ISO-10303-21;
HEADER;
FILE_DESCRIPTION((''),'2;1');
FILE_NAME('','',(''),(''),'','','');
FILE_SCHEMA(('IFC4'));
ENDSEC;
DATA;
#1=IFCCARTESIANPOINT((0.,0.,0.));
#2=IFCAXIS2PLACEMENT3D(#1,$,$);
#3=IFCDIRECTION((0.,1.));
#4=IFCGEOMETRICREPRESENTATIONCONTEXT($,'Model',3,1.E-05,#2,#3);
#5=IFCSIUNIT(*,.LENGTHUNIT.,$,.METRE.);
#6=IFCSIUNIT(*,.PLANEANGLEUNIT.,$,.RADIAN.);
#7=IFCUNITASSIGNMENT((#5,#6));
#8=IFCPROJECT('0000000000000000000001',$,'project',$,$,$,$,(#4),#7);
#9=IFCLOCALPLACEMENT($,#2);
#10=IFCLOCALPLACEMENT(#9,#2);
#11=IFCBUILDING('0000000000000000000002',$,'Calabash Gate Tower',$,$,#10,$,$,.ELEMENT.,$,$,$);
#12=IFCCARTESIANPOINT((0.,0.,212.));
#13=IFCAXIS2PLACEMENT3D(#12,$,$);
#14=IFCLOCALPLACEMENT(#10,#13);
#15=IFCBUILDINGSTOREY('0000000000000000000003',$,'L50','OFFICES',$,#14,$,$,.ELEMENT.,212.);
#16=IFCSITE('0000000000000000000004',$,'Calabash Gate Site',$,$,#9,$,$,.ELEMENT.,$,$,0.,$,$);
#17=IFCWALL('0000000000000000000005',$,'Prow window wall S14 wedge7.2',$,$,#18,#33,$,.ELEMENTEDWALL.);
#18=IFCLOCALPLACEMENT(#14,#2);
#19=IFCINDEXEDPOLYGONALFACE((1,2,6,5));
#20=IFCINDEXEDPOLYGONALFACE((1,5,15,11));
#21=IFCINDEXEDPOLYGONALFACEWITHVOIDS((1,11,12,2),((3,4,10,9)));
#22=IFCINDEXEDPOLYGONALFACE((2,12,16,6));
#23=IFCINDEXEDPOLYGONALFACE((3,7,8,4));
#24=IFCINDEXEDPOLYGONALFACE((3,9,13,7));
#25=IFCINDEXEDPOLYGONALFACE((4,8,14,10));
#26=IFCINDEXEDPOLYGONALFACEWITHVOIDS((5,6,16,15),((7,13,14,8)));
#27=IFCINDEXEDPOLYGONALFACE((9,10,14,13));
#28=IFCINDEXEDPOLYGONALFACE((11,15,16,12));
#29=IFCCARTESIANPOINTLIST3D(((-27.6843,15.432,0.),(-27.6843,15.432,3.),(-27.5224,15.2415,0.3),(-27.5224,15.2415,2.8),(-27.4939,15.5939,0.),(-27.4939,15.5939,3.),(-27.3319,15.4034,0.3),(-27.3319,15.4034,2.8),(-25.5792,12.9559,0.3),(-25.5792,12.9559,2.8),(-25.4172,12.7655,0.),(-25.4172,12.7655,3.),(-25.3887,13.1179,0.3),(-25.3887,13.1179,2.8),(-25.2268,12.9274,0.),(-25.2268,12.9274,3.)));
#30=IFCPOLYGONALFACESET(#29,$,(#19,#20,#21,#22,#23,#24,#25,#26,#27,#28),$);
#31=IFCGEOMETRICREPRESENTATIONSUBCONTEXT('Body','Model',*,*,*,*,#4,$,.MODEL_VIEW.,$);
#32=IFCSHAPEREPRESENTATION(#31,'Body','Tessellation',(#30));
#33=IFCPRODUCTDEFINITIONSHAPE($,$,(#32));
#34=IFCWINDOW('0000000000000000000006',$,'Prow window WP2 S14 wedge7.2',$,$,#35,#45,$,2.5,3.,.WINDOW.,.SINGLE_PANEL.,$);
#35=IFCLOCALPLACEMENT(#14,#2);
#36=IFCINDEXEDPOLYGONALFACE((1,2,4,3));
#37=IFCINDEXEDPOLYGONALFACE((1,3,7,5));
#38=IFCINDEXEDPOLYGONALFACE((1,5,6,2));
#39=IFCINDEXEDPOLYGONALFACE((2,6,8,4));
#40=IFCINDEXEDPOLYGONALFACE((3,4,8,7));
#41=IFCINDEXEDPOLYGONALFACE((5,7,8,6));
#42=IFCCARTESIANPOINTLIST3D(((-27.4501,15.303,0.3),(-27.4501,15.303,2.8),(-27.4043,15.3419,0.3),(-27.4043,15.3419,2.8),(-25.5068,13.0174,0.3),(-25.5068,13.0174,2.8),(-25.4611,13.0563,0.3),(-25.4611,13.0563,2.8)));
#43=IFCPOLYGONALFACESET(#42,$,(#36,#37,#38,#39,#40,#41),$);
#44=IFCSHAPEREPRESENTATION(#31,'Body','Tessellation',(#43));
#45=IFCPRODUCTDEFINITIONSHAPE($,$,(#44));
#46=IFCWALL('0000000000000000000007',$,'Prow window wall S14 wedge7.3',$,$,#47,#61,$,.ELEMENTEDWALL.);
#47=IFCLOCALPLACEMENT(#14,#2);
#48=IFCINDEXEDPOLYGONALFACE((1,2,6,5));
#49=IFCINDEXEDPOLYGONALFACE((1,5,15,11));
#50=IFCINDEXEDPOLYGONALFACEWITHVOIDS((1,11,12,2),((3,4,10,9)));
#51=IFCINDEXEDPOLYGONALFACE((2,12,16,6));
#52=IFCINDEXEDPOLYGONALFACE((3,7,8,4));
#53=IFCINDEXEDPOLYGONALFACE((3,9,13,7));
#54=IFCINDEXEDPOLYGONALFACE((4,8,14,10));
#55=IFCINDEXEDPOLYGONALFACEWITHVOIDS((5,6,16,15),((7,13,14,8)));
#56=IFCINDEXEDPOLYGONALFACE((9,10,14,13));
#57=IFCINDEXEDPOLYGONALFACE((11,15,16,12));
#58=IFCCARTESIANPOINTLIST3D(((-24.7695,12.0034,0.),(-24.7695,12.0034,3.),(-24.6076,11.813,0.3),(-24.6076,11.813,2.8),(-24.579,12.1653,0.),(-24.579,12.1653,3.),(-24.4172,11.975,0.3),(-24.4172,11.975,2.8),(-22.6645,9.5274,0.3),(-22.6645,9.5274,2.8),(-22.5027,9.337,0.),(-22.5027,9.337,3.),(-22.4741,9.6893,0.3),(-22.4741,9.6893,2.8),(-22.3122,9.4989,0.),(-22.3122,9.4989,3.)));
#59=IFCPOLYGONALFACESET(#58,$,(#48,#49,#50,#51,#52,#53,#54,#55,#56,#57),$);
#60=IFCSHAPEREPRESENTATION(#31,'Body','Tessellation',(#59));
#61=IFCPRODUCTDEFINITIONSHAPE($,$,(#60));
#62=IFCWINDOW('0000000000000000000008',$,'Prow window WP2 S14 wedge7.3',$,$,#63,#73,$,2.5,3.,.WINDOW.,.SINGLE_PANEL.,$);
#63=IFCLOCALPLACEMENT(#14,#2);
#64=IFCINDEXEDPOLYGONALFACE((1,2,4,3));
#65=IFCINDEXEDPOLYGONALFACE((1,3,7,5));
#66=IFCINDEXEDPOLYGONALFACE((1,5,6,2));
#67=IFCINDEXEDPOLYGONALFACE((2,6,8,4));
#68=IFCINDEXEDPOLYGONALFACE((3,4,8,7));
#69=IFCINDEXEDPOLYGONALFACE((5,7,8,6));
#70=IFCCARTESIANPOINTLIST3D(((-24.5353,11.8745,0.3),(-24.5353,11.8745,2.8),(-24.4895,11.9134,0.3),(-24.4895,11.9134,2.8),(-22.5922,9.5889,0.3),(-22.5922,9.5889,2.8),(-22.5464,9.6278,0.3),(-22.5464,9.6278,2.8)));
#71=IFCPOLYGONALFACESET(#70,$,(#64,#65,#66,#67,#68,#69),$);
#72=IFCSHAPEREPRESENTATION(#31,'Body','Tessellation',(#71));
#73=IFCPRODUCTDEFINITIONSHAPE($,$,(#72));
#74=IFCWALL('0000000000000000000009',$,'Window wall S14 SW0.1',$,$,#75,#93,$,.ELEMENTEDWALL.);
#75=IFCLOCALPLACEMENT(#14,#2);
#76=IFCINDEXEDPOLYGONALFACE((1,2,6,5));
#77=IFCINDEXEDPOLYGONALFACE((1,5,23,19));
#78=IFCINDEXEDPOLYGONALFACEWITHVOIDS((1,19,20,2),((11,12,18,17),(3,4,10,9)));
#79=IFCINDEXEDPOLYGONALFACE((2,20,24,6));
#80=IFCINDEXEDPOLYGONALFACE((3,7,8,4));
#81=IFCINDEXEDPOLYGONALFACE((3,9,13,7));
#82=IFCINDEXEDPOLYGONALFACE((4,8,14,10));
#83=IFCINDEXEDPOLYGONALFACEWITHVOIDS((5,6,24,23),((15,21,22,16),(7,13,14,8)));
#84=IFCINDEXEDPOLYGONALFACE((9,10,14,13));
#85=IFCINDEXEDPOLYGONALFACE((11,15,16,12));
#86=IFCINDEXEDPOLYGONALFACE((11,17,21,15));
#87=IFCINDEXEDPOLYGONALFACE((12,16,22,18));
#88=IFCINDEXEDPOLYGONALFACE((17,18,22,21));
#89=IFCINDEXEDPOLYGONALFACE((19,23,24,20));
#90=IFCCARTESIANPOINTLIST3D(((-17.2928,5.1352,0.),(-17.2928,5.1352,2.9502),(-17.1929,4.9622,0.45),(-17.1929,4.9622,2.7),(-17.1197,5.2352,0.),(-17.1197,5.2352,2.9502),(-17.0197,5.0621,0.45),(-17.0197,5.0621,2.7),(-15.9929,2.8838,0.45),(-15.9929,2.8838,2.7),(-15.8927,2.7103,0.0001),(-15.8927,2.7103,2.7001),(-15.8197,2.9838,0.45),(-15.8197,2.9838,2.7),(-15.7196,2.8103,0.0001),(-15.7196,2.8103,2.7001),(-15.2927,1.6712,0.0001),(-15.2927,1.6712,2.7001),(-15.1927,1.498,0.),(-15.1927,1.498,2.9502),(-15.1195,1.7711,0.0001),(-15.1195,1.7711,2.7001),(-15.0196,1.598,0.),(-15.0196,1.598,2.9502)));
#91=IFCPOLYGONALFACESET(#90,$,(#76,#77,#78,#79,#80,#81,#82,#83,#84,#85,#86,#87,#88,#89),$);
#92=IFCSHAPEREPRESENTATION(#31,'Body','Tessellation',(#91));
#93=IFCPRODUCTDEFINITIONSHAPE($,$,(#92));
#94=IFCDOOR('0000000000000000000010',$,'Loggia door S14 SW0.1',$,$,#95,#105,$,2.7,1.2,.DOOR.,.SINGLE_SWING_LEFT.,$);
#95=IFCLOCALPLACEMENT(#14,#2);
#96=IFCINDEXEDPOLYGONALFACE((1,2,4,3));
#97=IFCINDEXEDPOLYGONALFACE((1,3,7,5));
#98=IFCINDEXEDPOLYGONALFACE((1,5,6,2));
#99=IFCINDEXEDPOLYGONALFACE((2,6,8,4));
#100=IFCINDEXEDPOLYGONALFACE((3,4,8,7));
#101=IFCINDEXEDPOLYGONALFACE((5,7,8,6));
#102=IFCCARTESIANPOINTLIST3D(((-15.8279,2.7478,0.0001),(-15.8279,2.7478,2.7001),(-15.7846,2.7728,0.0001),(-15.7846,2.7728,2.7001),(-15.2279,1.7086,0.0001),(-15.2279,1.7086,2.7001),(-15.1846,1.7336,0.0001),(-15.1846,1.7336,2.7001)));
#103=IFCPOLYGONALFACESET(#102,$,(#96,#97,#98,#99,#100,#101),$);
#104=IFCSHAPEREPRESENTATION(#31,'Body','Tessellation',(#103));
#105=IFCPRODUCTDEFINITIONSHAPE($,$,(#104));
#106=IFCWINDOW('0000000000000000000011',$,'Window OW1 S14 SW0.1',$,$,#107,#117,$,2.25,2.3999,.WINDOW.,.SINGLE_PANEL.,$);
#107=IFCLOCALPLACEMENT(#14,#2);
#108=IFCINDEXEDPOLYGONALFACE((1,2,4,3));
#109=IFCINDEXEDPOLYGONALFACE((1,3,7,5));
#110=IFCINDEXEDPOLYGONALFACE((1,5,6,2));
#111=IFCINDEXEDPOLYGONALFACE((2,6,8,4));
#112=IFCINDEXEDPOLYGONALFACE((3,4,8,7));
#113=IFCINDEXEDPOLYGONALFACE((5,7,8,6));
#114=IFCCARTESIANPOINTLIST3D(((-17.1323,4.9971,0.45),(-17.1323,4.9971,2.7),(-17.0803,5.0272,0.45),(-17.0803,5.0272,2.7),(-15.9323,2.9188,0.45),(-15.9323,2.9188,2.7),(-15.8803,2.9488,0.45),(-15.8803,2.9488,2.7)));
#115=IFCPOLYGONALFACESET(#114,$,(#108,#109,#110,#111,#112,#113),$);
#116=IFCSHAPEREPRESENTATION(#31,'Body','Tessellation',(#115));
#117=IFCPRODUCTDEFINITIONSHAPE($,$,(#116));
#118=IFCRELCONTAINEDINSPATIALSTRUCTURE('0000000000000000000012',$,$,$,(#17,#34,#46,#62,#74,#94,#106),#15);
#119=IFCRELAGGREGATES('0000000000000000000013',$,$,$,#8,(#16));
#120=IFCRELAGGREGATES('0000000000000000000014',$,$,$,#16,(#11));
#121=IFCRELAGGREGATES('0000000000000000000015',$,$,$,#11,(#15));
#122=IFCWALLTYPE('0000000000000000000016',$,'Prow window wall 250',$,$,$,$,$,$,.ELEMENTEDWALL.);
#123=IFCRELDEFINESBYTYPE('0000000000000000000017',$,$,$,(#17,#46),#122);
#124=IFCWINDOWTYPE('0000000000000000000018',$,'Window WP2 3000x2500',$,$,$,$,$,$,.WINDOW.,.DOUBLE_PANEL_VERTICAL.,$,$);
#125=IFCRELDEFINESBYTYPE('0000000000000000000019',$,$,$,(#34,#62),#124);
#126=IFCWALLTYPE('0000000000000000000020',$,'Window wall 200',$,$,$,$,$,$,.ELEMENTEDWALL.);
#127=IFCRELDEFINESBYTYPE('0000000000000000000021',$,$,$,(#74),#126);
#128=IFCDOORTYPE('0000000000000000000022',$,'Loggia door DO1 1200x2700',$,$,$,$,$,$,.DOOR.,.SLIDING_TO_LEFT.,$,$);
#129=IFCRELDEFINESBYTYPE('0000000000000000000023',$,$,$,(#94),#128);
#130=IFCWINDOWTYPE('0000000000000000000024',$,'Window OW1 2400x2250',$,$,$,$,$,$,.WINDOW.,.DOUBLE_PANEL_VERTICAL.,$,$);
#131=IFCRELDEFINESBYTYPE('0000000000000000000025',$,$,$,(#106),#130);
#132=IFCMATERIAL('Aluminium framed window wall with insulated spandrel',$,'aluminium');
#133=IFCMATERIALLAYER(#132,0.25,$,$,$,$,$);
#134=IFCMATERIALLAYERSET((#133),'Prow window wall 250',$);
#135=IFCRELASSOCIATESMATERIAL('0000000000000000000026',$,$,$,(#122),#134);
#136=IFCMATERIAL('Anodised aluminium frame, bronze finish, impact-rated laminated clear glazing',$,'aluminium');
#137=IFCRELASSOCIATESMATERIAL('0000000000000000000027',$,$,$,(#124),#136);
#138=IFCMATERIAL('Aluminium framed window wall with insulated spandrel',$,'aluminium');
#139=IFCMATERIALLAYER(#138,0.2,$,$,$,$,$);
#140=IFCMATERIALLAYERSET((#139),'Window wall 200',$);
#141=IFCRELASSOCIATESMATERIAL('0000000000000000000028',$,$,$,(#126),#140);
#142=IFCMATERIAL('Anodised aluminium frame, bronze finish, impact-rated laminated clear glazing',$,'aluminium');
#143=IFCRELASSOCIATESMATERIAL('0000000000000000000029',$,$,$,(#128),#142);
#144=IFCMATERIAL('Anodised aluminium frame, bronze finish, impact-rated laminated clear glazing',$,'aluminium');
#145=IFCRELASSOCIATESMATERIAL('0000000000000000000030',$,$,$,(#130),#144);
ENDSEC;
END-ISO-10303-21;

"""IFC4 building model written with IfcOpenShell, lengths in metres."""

from ifc_helpers import new_model, si_unit, direction, frame, frame_2d, origin, place, context, subcontext, project, spatial, rectangle, extrude, material, layer, layer_set, type_object, element, fill, save


model = new_model("IFC4")

# Units and contexts
model_context = context("Model", 3, precision=1e-05, world=origin(), true_north=direction((0.0, 1.0)))
body_context = subcontext(model_context, "Body", "Model", "MODEL_VIEW")
ifc_project = project(units=[si_unit("LENGTHUNIT", "METRE"), si_unit("PLANEANGLEUNIT", "RADIAN")], contexts=[model_context])

# Site, building, storey
site_placement = place(None, origin())
site = spatial("IfcSite", under=ifc_project, at=site_placement, Name="Calabash Gate Site", CompositionType="ELEMENT", RefElevation=0.0)
building_placement = place(site_placement, origin())
building = spatial("IfcBuilding", under=site, at=building_placement, Name="Calabash Gate Tower", CompositionType="ELEMENT")
storey_placement = place(building_placement, frame((0.0, 0.0, 212.0)))
storey = spatial("IfcBuildingStorey", under=building, at=storey_placement, Name="L50", Description="OFFICES", CompositionType="ELEMENT", Elevation=212.0)

# Walls, openings, windows
ifc_material_1 = material(Name="Aluminium framed window wall with insulated spandrel", Category="aluminium")
ifc_layer_1 = layer(ifc_material_1, 0.25)
ifc_layer_set_1 = layer_set([ifc_layer_1], Name="Prow window wall 250")
wall_type_1 = type_object("IfcWallType", Name="Prow window wall 250", PredefinedType="ELEMENTEDWALL", material=ifc_layer_set_1)
wall_1_placement = place(storey_placement, frame((-27.5891, 15.5129, 0.0), z_axis=(0.0, 0.0, 1.0), x_axis=(0.647742, -0.76186, 0.0)))
wall_1 = element("IfcWall", 1, at=wall_1_placement, inside=storey, type_object=wall_type_1, Name="Prow window wall S14 wedge7.2", PredefinedType="ELEMENTEDWALL", context=body_context, shape_type="SweptSolid", body=[
    extrude(rectangle(XDim=3.5, YDim=0.25, at=frame_2d((1.75, 0.0))), origin(), (0.0, 0.0, 1.0), 3.0),
])
opening_1_placement = place(wall_1_placement, frame((0.25, 0.0, 0.3)))
opening_1 = element("IfcOpeningElement", 2, at=opening_1_placement, cuts=wall_1, PredefinedType="OPENING", context=body_context, shape_type="SweptSolid", body=[
    extrude(rectangle(XDim=3.0, YDim=2.5, at=frame_2d((1.5, 1.25))), frame((0.0, 0.135, 0.0), z_axis=(0.0, -1.0, 0.0), x_axis=(1.0, 0.0, 0.0)), (0.0, 0.0, 1.0), 0.27),
])
ifc_material_2 = material(Name="Anodised aluminium frame, bronze finish, impact-rated laminated clear glazing", Category="aluminium")
window_type_1 = type_object("IfcWindowType", Name="Window WP2 3000x2500", PartitioningType="DOUBLE_PANEL_VERTICAL", PredefinedType="WINDOW", material=ifc_material_2)
window_1_placement = place(opening_1_placement, origin())
window_1 = element("IfcWindow", 3, at=window_1_placement, inside=storey, type_object=window_type_1, Name="Prow window WP2 S14 wedge7.2", OverallHeight=2.5, OverallWidth=3.0, PartitioningType="SINGLE_PANEL", PredefinedType="WINDOW", context=body_context, shape_type="SweptSolid", body=[
    extrude(rectangle(XDim=3.0, YDim=2.5, at=frame_2d((1.5, 1.25))), frame((0.0, 0.03, 0.0), z_axis=(0.0, -1.0, 0.0), x_axis=(1.0, 0.0, 0.0)), (0.0, 0.0, 1.0), 0.0601),
])
fill(opening_1, window_1)
wall_2_placement = place(storey_placement, frame((-24.6743, 12.0845, 0.0), z_axis=(0.0, 0.0, 1.0), x_axis=(0.647701, -0.761895, 0.0)))
wall_2 = element("IfcWall", 4, at=wall_2_placement, inside=storey, type_object=wall_type_1, Name="Prow window wall S14 wedge7.3", PredefinedType="ELEMENTEDWALL", context=body_context, shape_type="SweptSolid", body=[
    extrude(rectangle(XDim=3.4998, YDim=0.25, at=frame_2d((1.75, 0.0))), origin(), (0.0, 0.0, 1.0), 3.0),
])
opening_2_placement = place(wall_2_placement, frame((0.25, 0.0, 0.3)))
opening_2 = element("IfcOpeningElement", 5, at=opening_2_placement, cuts=wall_2, PredefinedType="OPENING", context=body_context, shape_type="SweptSolid", body=[
    extrude(rectangle(XDim=3.0, YDim=2.5, at=frame_2d((1.5, 1.25))), frame((0.0, 0.135, 0.0), z_axis=(0.0, -1.0, 0.0), x_axis=(1.0, 0.0, 0.0)), (0.0, 0.0, 1.0), 0.27),
])
window_2_placement = place(opening_2_placement, origin())
window_2 = element("IfcWindow", 6, at=window_2_placement, inside=storey, type_object=window_type_1, Name="Prow window WP2 S14 wedge7.3", OverallHeight=2.5, OverallWidth=3.0, PartitioningType="SINGLE_PANEL", PredefinedType="WINDOW", context=body_context, shape_type="SweptSolid", body=[
    extrude(rectangle(XDim=3.0, YDim=2.5, at=frame_2d((1.5, 1.25))), frame((0.0, 0.03, 0.0), z_axis=(0.0, -1.0, 0.0), x_axis=(1.0, 0.0, 0.0)), (0.0, 0.0, 1.0), 0.0601),
])
fill(opening_2, window_2)

# Wall, openings, door, window
ifc_material_3 = material(Name="Aluminium framed window wall with insulated spandrel", Category="aluminium")
ifc_layer_2 = layer(ifc_material_3, 0.2)
ifc_layer_set_2 = layer_set([ifc_layer_2], Name="Window wall 200")
wall_type_2 = type_object("IfcWallType", Name="Window wall 200", PredefinedType="ELEMENTEDWALL", material=ifc_layer_set_2)
wall_3_placement = place(storey_placement, frame((-17.2063, 5.1853, 0.0), z_axis=(0.0, 0.0, 1.0), x_axis=(0.500028, -0.866009, 0.0)))
wall_3 = element("IfcWall", 7, at=wall_3_placement, inside=storey, type_object=wall_type_2, Name="Window wall S14 SW0.1", PredefinedType="ELEMENTEDWALL", context=body_context, shape_type="SweptSolid", body=[
    extrude(rectangle(XDim=4.2, YDim=0.2, at=frame_2d((2.1001, 0.0))), origin(), (0.0, 0.0, 1.0), 2.9502),
])
opening_3_placement = place(wall_3_placement, frame((0.2, 0.0, 0.45)))
opening_3 = element("IfcOpeningElement", 8, at=opening_3_placement, cuts=wall_3, PredefinedType="OPENING", context=body_context, shape_type="SweptSolid", body=[
    extrude(rectangle(XDim=2.3999, YDim=2.25, at=frame_2d((1.2, 1.125))), frame((0.0, 0.1099, 0.0), z_axis=(0.0, -1.0, 0.0), x_axis=(1.0, 0.0, 0.0)), (0.0, 0.0, 1.0), 0.22),
])
opening_4_placement = place(wall_3_placement, frame((2.8, 0.0, 0.0)))
opening_4 = element("IfcOpeningElement", 9, at=opening_4_placement, cuts=wall_3, PredefinedType="OPENING", context=body_context, shape_type="SweptSolid", body=[
    extrude(rectangle(XDim=1.2, YDim=2.7, at=frame_2d((0.6001, 1.3501))), frame((0.0, 0.1099, 0.0), z_axis=(0.0, -1.0, 0.0), x_axis=(1.0, 0.0, 0.0)), (0.0, 0.0, 1.0), 0.22),
])
ifc_material_4 = material(Name="Anodised aluminium frame, bronze finish, impact-rated laminated clear glazing", Category="aluminium")
door_type_1 = type_object("IfcDoorType", Name="Loggia door DO1 1200x2700", OperationType="SLIDING_TO_LEFT", PredefinedType="DOOR", material=ifc_material_4)
door_1_placement = place(opening_4_placement, origin())
door_1 = element("IfcDoor", 10, at=door_1_placement, inside=storey, type_object=door_type_1, Name="Loggia door S14 SW0.1", OperationType="SINGLE_SWING_LEFT", OverallHeight=2.7, OverallWidth=1.2, PredefinedType="DOOR", context=body_context, shape_type="SweptSolid", body=[
    extrude(rectangle(XDim=1.2, YDim=2.7, at=frame_2d((0.6001, 1.3501))), frame((0.0, 0.0249, 0.0), z_axis=(0.0, -1.0, 0.0), x_axis=(1.0, 0.0, 0.0)), (0.0, 0.0, 1.0), 0.05),
])
fill(opening_4, door_1)
ifc_material_5 = material(Name="Anodised aluminium frame, bronze finish, impact-rated laminated clear glazing", Category="aluminium")
window_type_2 = type_object("IfcWindowType", Name="Window OW1 2400x2250", PartitioningType="DOUBLE_PANEL_VERTICAL", PredefinedType="WINDOW", material=ifc_material_5)
window_3_placement = place(opening_3_placement, origin())
window_3 = element("IfcWindow", 11, at=window_3_placement, inside=storey, type_object=window_type_2, Name="Window OW1 S14 SW0.1", OverallHeight=2.25, OverallWidth=2.3999, PartitioningType="SINGLE_PANEL", PredefinedType="WINDOW", context=body_context, shape_type="SweptSolid", body=[
    extrude(rectangle(XDim=2.3999, YDim=2.25, at=frame_2d((1.2, 1.125))), frame((0.0, 0.03, 0.0), z_axis=(0.0, -1.0, 0.0), x_axis=(1.0, 0.0, 0.0)), (0.0, 0.0, 1.0), 0.0601),
])
fill(opening_3, window_3)

save(model, "model.ifc")
